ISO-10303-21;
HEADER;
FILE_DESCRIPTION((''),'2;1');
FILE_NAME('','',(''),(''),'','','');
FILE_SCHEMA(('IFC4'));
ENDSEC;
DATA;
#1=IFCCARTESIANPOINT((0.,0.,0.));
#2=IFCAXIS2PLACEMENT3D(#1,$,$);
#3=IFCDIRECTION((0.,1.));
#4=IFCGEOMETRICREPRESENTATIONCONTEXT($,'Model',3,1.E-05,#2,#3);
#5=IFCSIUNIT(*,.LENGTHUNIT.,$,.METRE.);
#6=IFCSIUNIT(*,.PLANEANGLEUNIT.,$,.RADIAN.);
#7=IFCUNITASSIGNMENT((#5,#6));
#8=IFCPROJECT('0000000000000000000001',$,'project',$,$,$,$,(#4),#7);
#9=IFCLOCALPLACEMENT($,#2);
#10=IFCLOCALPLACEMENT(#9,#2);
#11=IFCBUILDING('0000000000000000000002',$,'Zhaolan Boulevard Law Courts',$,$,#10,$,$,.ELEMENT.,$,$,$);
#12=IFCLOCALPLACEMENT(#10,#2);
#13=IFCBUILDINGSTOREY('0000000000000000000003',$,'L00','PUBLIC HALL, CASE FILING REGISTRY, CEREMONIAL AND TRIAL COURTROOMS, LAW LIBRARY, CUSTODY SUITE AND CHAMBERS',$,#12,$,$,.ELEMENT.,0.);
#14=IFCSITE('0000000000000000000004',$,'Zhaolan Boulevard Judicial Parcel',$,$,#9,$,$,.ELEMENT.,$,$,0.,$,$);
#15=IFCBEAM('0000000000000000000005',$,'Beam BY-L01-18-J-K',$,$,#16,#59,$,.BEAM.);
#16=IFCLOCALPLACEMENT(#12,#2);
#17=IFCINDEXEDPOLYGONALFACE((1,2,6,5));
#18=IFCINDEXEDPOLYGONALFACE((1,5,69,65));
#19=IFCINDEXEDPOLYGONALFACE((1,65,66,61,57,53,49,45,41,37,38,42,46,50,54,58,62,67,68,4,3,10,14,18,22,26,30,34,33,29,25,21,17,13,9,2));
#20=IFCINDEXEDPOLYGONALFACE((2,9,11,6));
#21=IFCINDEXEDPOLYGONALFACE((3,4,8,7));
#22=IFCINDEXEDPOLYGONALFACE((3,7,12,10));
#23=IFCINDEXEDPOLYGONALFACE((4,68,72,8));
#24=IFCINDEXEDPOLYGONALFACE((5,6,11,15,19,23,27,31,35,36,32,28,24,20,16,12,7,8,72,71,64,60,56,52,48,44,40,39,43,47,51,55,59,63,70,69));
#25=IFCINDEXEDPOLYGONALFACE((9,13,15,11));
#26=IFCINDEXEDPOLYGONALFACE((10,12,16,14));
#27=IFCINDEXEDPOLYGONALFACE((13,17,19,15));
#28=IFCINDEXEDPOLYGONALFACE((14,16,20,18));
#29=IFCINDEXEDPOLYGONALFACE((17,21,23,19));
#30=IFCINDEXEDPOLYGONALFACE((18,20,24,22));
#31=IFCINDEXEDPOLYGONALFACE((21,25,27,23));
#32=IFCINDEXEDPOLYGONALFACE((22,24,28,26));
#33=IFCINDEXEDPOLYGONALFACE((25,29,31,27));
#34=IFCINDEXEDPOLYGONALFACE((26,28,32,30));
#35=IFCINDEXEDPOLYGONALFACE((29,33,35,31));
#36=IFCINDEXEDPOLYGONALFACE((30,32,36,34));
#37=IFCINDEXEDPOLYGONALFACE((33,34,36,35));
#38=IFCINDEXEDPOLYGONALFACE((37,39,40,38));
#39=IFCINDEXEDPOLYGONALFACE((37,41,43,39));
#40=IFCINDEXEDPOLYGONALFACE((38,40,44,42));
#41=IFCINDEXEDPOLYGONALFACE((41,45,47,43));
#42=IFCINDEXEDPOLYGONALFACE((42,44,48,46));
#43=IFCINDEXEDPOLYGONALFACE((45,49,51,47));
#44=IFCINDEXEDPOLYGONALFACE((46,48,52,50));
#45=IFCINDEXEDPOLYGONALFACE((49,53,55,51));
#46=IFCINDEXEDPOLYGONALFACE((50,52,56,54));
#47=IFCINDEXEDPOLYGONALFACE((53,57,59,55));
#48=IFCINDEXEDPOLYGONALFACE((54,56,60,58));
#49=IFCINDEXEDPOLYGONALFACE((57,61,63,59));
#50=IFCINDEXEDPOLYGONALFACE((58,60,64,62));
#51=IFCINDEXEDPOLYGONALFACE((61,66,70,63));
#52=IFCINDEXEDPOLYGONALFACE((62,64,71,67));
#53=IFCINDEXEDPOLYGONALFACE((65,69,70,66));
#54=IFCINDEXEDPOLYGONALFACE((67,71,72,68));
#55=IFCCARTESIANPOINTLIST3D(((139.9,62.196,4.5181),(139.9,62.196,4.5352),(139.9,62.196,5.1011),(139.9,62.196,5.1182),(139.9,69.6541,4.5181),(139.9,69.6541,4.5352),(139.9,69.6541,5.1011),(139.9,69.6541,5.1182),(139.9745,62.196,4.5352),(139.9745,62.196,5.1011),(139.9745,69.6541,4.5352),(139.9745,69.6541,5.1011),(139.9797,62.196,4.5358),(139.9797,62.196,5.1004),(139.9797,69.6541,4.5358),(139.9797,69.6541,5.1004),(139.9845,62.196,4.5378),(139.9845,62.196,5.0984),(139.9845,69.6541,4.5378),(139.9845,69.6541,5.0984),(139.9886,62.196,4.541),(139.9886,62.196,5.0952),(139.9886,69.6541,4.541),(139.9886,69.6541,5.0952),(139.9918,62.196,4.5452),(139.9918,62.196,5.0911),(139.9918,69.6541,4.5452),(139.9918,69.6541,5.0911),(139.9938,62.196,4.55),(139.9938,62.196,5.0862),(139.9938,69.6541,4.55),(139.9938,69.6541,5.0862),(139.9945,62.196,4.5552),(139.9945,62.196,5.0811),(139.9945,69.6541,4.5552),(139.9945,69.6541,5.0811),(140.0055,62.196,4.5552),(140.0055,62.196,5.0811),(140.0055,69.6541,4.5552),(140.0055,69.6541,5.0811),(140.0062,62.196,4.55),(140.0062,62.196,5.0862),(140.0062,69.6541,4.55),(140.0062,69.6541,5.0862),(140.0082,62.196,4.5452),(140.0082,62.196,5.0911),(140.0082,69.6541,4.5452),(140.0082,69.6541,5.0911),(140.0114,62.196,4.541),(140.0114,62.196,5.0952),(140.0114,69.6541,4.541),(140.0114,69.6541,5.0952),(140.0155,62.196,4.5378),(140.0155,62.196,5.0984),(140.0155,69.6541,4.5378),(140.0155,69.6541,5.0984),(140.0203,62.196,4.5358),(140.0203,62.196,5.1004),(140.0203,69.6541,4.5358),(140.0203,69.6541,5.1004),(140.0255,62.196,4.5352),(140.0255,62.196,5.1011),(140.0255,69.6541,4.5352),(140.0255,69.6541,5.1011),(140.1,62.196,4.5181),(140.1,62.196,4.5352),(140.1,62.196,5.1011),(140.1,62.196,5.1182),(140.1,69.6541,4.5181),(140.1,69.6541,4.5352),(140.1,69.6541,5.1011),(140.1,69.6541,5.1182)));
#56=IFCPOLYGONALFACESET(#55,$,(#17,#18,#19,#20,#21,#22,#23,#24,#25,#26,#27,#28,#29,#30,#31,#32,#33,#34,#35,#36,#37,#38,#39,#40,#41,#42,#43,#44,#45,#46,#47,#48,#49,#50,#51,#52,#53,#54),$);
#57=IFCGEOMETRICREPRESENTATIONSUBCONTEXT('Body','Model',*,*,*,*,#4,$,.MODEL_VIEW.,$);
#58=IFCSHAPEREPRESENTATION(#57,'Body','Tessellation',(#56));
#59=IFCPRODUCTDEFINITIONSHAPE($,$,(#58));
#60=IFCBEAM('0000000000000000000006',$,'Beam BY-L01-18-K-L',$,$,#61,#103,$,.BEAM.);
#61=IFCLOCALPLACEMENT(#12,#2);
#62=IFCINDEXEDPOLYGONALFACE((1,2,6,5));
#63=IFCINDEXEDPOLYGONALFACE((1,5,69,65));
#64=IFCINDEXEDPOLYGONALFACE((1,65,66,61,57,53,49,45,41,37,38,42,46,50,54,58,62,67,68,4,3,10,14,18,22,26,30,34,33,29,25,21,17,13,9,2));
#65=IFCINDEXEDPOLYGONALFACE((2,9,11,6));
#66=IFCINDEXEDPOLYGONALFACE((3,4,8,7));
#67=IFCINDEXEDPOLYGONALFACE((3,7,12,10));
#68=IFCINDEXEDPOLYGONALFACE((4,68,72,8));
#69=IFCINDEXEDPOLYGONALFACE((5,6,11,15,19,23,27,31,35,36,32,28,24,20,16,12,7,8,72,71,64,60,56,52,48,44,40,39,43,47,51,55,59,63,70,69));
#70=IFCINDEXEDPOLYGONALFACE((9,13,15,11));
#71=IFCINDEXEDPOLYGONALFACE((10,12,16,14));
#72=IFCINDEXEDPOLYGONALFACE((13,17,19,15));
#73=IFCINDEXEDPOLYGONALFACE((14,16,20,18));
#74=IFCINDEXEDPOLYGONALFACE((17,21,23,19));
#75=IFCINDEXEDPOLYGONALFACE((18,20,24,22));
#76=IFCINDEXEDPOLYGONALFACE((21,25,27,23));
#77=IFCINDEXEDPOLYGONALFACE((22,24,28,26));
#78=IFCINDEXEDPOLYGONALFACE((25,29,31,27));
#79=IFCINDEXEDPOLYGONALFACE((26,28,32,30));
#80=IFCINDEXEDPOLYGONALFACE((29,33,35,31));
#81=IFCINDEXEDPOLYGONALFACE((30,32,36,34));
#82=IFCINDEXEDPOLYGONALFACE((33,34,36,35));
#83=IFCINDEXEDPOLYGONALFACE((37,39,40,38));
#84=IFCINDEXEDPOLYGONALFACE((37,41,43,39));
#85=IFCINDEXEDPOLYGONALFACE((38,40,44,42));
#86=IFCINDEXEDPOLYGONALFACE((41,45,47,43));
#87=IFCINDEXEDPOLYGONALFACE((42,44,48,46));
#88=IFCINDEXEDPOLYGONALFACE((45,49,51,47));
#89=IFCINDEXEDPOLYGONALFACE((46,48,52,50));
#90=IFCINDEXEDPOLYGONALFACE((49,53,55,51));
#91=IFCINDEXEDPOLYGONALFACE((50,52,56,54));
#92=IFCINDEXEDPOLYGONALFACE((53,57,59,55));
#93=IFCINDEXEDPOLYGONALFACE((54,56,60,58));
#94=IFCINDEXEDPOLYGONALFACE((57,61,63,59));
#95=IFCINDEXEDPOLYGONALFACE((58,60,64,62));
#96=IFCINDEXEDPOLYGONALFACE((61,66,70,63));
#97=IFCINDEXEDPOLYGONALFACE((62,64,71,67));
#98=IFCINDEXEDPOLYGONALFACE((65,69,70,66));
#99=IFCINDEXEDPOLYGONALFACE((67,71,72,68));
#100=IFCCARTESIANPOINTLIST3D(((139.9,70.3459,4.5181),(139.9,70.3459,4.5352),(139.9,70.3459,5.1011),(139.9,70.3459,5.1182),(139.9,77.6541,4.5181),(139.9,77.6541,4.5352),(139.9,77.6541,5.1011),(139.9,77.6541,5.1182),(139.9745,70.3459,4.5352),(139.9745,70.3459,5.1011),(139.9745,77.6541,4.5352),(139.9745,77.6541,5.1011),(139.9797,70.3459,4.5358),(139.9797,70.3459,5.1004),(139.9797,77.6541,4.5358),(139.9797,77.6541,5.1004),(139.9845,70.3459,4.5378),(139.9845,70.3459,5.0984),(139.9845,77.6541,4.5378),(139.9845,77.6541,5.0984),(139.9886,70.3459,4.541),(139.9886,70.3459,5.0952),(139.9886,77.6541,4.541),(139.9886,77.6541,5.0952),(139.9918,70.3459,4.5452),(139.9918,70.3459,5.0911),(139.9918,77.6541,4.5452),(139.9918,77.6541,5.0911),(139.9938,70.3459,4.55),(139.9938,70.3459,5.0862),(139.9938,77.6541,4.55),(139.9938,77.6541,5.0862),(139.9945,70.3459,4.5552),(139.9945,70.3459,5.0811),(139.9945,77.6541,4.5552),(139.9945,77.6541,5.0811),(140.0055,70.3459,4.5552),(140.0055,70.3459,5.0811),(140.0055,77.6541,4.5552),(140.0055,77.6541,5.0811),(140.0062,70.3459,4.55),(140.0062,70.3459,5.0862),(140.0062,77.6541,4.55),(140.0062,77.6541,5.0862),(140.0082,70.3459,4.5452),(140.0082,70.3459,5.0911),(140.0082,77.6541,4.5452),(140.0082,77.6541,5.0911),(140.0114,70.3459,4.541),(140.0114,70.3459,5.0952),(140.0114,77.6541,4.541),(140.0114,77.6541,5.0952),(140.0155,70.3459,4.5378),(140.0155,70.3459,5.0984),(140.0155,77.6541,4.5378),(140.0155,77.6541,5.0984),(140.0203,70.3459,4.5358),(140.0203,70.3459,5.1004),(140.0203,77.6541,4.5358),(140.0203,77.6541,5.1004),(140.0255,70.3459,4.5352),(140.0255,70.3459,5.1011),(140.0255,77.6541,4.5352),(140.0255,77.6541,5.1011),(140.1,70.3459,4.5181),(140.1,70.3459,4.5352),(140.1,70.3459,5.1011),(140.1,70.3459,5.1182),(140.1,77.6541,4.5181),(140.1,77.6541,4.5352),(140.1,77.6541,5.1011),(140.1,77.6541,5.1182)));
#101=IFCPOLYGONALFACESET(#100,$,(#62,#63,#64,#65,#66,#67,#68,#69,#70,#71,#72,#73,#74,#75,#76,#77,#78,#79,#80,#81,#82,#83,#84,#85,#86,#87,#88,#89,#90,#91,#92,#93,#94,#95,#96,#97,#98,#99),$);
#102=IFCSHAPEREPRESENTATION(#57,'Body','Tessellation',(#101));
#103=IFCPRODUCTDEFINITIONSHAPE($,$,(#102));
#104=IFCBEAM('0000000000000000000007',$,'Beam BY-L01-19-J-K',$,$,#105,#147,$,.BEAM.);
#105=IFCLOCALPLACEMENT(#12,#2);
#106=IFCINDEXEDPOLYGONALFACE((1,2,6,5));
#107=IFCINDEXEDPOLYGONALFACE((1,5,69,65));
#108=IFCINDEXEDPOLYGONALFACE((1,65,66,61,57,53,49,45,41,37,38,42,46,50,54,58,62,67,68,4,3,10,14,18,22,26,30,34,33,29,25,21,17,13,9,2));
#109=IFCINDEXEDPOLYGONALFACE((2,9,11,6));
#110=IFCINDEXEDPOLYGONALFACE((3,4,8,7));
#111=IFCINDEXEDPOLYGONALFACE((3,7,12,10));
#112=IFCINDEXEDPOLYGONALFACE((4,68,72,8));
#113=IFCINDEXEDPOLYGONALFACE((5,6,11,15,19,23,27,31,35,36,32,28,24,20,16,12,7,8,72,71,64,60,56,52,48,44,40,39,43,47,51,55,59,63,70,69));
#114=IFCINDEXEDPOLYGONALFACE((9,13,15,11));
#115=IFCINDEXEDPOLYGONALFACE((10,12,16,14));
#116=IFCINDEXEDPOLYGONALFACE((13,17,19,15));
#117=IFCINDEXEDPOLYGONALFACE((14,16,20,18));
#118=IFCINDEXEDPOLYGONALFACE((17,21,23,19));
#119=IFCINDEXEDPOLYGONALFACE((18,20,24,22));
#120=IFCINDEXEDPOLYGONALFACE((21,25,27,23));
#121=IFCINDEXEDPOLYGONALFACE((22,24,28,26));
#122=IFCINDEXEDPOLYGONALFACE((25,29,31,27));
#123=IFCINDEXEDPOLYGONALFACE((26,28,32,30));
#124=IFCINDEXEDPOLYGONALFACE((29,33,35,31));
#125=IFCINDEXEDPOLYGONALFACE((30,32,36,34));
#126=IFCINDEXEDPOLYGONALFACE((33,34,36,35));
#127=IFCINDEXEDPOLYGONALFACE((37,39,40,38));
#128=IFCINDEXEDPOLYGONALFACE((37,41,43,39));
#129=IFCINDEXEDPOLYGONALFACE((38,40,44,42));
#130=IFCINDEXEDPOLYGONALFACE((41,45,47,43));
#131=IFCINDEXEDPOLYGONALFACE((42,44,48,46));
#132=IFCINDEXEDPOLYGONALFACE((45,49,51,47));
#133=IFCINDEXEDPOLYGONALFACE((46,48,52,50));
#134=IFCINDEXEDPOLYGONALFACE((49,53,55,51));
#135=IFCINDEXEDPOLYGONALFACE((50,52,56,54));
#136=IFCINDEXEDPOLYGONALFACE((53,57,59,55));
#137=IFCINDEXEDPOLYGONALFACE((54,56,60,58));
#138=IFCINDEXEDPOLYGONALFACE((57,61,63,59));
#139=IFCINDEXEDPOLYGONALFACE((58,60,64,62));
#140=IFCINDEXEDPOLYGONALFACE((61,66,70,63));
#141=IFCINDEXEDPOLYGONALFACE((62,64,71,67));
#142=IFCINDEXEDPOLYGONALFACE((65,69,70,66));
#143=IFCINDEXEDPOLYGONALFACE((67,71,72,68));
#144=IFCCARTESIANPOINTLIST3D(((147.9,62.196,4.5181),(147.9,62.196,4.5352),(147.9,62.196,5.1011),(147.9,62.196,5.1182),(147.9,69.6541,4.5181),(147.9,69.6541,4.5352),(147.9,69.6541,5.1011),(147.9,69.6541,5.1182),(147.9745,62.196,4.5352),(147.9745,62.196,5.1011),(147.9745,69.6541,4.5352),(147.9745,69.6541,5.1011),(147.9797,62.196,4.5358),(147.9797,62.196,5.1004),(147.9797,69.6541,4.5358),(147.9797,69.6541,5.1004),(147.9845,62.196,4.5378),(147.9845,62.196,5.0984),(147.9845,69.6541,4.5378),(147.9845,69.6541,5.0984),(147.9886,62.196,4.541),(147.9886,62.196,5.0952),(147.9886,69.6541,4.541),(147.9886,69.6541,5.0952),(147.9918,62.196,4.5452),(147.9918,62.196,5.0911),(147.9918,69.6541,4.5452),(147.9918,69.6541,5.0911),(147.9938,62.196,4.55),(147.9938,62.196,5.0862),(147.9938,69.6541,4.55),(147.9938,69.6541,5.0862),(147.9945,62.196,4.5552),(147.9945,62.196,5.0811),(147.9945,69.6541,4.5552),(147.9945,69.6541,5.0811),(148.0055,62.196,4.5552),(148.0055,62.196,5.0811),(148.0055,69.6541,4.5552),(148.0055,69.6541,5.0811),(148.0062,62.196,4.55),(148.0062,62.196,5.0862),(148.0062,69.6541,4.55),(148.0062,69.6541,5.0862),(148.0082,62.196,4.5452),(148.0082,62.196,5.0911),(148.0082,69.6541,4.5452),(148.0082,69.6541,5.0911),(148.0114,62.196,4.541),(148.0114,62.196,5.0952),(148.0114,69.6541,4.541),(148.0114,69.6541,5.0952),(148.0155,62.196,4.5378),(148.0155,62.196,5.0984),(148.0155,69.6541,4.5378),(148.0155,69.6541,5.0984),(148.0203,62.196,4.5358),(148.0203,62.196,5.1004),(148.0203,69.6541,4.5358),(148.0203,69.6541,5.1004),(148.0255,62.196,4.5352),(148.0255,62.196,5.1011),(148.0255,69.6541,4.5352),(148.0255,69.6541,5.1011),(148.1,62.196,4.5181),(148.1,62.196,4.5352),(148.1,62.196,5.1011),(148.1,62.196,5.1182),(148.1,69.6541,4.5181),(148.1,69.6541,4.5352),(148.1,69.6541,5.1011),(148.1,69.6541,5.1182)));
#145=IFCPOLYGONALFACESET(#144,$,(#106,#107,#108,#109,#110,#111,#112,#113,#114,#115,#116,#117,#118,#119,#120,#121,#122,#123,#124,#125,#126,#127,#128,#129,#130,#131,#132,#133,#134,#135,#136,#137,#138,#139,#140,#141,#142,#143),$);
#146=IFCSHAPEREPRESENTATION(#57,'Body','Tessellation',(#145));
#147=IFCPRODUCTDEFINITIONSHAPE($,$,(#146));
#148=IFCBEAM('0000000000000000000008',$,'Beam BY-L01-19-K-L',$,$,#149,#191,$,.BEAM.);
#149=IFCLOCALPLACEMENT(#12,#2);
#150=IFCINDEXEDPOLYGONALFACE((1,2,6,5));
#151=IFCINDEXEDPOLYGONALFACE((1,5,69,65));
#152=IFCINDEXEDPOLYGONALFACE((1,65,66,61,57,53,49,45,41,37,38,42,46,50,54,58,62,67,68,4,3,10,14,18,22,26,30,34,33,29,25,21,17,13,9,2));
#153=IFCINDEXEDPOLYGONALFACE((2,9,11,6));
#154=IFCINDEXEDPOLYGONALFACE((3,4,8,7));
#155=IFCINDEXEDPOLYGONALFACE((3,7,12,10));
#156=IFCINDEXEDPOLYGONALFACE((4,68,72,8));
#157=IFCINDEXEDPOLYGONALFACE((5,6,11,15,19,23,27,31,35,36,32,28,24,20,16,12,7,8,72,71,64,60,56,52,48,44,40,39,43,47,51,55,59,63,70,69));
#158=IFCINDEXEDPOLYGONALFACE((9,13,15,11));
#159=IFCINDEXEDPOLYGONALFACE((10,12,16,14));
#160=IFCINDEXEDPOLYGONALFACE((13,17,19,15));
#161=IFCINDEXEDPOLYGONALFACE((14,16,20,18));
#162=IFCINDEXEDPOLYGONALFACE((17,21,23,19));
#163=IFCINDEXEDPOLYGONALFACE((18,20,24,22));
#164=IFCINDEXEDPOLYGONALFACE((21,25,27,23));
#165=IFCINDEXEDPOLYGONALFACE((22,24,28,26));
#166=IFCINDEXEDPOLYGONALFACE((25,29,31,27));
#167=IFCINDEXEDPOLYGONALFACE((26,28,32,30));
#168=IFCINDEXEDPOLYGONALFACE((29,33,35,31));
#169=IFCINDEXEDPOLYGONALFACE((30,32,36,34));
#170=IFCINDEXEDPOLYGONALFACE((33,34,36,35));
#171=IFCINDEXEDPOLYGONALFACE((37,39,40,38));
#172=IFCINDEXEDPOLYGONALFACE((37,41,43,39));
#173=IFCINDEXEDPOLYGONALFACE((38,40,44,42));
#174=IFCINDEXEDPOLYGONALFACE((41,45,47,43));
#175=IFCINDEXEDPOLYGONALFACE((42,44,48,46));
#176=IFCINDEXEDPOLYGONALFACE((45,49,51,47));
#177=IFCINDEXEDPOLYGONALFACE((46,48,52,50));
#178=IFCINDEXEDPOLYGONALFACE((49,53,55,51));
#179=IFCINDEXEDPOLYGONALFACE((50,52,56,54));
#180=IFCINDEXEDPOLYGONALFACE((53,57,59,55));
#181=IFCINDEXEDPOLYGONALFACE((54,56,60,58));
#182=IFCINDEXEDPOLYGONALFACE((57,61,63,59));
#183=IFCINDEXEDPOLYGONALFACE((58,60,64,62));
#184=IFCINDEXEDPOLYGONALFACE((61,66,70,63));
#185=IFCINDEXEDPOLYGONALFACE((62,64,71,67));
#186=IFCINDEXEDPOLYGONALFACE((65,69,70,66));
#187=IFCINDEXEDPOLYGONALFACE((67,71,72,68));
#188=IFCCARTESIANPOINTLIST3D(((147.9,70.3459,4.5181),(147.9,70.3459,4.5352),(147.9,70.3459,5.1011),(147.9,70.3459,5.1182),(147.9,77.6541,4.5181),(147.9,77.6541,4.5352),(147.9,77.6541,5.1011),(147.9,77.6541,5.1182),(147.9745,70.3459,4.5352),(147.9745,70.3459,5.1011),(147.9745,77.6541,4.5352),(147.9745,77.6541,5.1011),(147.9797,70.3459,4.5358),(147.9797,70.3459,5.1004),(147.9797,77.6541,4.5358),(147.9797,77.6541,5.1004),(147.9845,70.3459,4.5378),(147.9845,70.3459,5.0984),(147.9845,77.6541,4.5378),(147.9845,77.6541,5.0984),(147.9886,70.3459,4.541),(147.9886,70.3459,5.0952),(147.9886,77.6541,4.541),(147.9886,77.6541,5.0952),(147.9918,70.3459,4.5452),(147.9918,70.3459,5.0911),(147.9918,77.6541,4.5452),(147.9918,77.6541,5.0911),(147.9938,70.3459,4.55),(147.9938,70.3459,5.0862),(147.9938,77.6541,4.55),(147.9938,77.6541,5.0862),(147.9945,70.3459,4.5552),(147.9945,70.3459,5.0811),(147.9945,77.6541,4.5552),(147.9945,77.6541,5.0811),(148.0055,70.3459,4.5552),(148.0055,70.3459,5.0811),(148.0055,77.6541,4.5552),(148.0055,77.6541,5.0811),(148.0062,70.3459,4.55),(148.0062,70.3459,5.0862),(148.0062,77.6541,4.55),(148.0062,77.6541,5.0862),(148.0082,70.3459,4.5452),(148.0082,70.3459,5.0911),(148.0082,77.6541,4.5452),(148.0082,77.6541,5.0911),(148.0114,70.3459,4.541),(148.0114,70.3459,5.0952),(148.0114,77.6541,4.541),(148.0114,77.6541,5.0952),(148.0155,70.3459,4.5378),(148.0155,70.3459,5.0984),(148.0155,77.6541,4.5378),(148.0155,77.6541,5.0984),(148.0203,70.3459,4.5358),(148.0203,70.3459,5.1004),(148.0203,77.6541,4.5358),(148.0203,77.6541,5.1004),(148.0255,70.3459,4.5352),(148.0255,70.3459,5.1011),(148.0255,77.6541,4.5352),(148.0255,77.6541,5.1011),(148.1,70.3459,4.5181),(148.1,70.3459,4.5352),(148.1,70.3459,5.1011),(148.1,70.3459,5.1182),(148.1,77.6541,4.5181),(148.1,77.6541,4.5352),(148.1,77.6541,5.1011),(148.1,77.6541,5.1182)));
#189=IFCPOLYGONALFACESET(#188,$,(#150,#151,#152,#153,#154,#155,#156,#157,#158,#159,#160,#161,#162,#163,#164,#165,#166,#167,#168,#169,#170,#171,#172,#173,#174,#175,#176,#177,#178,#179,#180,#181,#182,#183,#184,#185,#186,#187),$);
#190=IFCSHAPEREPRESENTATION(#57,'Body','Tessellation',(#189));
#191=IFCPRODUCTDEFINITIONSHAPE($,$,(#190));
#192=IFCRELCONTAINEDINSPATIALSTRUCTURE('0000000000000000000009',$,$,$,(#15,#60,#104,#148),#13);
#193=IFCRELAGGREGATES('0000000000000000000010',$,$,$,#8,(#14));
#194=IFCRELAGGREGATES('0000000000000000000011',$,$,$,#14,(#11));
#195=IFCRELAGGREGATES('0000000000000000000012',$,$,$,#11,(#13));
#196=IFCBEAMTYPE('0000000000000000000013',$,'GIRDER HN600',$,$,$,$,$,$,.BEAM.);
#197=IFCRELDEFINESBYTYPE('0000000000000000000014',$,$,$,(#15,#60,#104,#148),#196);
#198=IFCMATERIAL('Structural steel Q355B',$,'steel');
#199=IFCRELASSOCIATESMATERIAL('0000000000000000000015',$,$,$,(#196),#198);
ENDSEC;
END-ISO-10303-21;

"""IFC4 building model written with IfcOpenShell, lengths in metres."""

from ifc_helpers import new_model, si_unit, direction, frame, origin, origin_2d, place, context, subcontext, project, spatial, i_section, extrude, material, material_profile, profile_set, type_object, element, save


model = new_model("IFC4")

# Units and contexts
model_context = context("Model", 3, precision=1e-05, world=origin(), true_north=direction((0.0, 1.0)))
body_context = subcontext(model_context, "Body", "Model", "MODEL_VIEW")
ifc_project = project(units=[si_unit("LENGTHUNIT", "METRE"), si_unit("PLANEANGLEUNIT", "RADIAN")], contexts=[model_context])

# Site, building, storey
site_placement = place(None, origin())
site = spatial("IfcSite", under=ifc_project, at=site_placement, Name="Zhaolan Boulevard Judicial Parcel", CompositionType="ELEMENT", RefElevation=0.0)
building_placement = place(site_placement, origin())
building = spatial("IfcBuilding", under=site, at=building_placement, Name="Zhaolan Boulevard Law Courts", CompositionType="ELEMENT")
storey_placement = place(building_placement, origin())
storey = spatial("IfcBuildingStorey", under=building, at=storey_placement, Name="L00", Description="PUBLIC HALL, CASE FILING REGISTRY, CEREMONIAL AND TRIAL COURTROOMS, LAW LIBRARY, CUSTODY SUITE AND CHAMBERS", CompositionType="ELEMENT", Elevation=0.0)

# Beams
ifc_material_1 = material(Name="Structural steel Q355B", Category="steel")
ifc_material_profile_1 = material_profile(ifc_material_1, i_section(OverallWidth=0.2, OverallDepth=0.6001, WebThickness=0.011, FlangeThickness=0.0171, FilletRadius=0.02, at=origin_2d()), Name="HN600x200")
ifc_profile_set_1 = profile_set([ifc_material_profile_1], Name="Structural steel Q355B")
beam_type_1 = type_object("IfcBeamType", Name="GIRDER HN600", PredefinedType="BEAM", material=ifc_profile_set_1)
beam_1_placement = place(storey_placement, frame((140.0, 62.196, 4.8181), z_axis=(0.0, 1.0, 0.0), x_axis=(-1.0, 0.0, 0.0)))
element("IfcBeam", 1, at=beam_1_placement, inside=storey, type_object=beam_type_1, Name="Beam BY-L01-18-J-K", PredefinedType="BEAM", context=body_context, shape_type="SweptSolid", body=[
    extrude(i_section(OverallWidth=0.2, OverallDepth=0.6001, WebThickness=0.011, FlangeThickness=0.0171, FilletRadius=0.02, at=origin_2d()), origin(), (0.0, 0.0, 1.0), 7.458),
])
beam_2_placement = place(storey_placement, frame((140.0, 70.3459, 4.8181), z_axis=(0.0, 1.0, 0.0), x_axis=(-1.0, 0.0, 0.0)))
element("IfcBeam", 2, at=beam_2_placement, inside=storey, type_object=beam_type_1, Name="Beam BY-L01-18-K-L", PredefinedType="BEAM", context=body_context, shape_type="SweptSolid", body=[
    extrude(i_section(OverallWidth=0.2, OverallDepth=0.6001, WebThickness=0.011, FlangeThickness=0.0171, FilletRadius=0.02, at=origin_2d()), origin(), (0.0, 0.0, 1.0), 7.3081),
])
beam_3_placement = place(storey_placement, frame((148.0, 62.196, 4.8181), z_axis=(0.0, 1.0, 0.0), x_axis=(-1.0, 0.0, 0.0)))
element("IfcBeam", 3, at=beam_3_placement, inside=storey, type_object=beam_type_1, Name="Beam BY-L01-19-J-K", PredefinedType="BEAM", context=body_context, shape_type="SweptSolid", body=[
    extrude(i_section(OverallWidth=0.2, OverallDepth=0.6001, WebThickness=0.011, FlangeThickness=0.0171, FilletRadius=0.02, at=origin_2d()), origin(), (0.0, 0.0, 1.0), 7.458),
])
beam_4_placement = place(storey_placement, frame((148.0, 70.3459, 4.8181), z_axis=(0.0, 1.0, 0.0), x_axis=(-1.0, 0.0, 0.0)))
element("IfcBeam", 4, at=beam_4_placement, inside=storey, type_object=beam_type_1, Name="Beam BY-L01-19-K-L", PredefinedType="BEAM", context=body_context, shape_type="SweptSolid", body=[
    extrude(i_section(OverallWidth=0.2, OverallDepth=0.6001, WebThickness=0.011, FlangeThickness=0.0171, FilletRadius=0.02, at=origin_2d()), origin(), (0.0, 0.0, 1.0), 7.3081),
])

save(model, "model.ifc")
